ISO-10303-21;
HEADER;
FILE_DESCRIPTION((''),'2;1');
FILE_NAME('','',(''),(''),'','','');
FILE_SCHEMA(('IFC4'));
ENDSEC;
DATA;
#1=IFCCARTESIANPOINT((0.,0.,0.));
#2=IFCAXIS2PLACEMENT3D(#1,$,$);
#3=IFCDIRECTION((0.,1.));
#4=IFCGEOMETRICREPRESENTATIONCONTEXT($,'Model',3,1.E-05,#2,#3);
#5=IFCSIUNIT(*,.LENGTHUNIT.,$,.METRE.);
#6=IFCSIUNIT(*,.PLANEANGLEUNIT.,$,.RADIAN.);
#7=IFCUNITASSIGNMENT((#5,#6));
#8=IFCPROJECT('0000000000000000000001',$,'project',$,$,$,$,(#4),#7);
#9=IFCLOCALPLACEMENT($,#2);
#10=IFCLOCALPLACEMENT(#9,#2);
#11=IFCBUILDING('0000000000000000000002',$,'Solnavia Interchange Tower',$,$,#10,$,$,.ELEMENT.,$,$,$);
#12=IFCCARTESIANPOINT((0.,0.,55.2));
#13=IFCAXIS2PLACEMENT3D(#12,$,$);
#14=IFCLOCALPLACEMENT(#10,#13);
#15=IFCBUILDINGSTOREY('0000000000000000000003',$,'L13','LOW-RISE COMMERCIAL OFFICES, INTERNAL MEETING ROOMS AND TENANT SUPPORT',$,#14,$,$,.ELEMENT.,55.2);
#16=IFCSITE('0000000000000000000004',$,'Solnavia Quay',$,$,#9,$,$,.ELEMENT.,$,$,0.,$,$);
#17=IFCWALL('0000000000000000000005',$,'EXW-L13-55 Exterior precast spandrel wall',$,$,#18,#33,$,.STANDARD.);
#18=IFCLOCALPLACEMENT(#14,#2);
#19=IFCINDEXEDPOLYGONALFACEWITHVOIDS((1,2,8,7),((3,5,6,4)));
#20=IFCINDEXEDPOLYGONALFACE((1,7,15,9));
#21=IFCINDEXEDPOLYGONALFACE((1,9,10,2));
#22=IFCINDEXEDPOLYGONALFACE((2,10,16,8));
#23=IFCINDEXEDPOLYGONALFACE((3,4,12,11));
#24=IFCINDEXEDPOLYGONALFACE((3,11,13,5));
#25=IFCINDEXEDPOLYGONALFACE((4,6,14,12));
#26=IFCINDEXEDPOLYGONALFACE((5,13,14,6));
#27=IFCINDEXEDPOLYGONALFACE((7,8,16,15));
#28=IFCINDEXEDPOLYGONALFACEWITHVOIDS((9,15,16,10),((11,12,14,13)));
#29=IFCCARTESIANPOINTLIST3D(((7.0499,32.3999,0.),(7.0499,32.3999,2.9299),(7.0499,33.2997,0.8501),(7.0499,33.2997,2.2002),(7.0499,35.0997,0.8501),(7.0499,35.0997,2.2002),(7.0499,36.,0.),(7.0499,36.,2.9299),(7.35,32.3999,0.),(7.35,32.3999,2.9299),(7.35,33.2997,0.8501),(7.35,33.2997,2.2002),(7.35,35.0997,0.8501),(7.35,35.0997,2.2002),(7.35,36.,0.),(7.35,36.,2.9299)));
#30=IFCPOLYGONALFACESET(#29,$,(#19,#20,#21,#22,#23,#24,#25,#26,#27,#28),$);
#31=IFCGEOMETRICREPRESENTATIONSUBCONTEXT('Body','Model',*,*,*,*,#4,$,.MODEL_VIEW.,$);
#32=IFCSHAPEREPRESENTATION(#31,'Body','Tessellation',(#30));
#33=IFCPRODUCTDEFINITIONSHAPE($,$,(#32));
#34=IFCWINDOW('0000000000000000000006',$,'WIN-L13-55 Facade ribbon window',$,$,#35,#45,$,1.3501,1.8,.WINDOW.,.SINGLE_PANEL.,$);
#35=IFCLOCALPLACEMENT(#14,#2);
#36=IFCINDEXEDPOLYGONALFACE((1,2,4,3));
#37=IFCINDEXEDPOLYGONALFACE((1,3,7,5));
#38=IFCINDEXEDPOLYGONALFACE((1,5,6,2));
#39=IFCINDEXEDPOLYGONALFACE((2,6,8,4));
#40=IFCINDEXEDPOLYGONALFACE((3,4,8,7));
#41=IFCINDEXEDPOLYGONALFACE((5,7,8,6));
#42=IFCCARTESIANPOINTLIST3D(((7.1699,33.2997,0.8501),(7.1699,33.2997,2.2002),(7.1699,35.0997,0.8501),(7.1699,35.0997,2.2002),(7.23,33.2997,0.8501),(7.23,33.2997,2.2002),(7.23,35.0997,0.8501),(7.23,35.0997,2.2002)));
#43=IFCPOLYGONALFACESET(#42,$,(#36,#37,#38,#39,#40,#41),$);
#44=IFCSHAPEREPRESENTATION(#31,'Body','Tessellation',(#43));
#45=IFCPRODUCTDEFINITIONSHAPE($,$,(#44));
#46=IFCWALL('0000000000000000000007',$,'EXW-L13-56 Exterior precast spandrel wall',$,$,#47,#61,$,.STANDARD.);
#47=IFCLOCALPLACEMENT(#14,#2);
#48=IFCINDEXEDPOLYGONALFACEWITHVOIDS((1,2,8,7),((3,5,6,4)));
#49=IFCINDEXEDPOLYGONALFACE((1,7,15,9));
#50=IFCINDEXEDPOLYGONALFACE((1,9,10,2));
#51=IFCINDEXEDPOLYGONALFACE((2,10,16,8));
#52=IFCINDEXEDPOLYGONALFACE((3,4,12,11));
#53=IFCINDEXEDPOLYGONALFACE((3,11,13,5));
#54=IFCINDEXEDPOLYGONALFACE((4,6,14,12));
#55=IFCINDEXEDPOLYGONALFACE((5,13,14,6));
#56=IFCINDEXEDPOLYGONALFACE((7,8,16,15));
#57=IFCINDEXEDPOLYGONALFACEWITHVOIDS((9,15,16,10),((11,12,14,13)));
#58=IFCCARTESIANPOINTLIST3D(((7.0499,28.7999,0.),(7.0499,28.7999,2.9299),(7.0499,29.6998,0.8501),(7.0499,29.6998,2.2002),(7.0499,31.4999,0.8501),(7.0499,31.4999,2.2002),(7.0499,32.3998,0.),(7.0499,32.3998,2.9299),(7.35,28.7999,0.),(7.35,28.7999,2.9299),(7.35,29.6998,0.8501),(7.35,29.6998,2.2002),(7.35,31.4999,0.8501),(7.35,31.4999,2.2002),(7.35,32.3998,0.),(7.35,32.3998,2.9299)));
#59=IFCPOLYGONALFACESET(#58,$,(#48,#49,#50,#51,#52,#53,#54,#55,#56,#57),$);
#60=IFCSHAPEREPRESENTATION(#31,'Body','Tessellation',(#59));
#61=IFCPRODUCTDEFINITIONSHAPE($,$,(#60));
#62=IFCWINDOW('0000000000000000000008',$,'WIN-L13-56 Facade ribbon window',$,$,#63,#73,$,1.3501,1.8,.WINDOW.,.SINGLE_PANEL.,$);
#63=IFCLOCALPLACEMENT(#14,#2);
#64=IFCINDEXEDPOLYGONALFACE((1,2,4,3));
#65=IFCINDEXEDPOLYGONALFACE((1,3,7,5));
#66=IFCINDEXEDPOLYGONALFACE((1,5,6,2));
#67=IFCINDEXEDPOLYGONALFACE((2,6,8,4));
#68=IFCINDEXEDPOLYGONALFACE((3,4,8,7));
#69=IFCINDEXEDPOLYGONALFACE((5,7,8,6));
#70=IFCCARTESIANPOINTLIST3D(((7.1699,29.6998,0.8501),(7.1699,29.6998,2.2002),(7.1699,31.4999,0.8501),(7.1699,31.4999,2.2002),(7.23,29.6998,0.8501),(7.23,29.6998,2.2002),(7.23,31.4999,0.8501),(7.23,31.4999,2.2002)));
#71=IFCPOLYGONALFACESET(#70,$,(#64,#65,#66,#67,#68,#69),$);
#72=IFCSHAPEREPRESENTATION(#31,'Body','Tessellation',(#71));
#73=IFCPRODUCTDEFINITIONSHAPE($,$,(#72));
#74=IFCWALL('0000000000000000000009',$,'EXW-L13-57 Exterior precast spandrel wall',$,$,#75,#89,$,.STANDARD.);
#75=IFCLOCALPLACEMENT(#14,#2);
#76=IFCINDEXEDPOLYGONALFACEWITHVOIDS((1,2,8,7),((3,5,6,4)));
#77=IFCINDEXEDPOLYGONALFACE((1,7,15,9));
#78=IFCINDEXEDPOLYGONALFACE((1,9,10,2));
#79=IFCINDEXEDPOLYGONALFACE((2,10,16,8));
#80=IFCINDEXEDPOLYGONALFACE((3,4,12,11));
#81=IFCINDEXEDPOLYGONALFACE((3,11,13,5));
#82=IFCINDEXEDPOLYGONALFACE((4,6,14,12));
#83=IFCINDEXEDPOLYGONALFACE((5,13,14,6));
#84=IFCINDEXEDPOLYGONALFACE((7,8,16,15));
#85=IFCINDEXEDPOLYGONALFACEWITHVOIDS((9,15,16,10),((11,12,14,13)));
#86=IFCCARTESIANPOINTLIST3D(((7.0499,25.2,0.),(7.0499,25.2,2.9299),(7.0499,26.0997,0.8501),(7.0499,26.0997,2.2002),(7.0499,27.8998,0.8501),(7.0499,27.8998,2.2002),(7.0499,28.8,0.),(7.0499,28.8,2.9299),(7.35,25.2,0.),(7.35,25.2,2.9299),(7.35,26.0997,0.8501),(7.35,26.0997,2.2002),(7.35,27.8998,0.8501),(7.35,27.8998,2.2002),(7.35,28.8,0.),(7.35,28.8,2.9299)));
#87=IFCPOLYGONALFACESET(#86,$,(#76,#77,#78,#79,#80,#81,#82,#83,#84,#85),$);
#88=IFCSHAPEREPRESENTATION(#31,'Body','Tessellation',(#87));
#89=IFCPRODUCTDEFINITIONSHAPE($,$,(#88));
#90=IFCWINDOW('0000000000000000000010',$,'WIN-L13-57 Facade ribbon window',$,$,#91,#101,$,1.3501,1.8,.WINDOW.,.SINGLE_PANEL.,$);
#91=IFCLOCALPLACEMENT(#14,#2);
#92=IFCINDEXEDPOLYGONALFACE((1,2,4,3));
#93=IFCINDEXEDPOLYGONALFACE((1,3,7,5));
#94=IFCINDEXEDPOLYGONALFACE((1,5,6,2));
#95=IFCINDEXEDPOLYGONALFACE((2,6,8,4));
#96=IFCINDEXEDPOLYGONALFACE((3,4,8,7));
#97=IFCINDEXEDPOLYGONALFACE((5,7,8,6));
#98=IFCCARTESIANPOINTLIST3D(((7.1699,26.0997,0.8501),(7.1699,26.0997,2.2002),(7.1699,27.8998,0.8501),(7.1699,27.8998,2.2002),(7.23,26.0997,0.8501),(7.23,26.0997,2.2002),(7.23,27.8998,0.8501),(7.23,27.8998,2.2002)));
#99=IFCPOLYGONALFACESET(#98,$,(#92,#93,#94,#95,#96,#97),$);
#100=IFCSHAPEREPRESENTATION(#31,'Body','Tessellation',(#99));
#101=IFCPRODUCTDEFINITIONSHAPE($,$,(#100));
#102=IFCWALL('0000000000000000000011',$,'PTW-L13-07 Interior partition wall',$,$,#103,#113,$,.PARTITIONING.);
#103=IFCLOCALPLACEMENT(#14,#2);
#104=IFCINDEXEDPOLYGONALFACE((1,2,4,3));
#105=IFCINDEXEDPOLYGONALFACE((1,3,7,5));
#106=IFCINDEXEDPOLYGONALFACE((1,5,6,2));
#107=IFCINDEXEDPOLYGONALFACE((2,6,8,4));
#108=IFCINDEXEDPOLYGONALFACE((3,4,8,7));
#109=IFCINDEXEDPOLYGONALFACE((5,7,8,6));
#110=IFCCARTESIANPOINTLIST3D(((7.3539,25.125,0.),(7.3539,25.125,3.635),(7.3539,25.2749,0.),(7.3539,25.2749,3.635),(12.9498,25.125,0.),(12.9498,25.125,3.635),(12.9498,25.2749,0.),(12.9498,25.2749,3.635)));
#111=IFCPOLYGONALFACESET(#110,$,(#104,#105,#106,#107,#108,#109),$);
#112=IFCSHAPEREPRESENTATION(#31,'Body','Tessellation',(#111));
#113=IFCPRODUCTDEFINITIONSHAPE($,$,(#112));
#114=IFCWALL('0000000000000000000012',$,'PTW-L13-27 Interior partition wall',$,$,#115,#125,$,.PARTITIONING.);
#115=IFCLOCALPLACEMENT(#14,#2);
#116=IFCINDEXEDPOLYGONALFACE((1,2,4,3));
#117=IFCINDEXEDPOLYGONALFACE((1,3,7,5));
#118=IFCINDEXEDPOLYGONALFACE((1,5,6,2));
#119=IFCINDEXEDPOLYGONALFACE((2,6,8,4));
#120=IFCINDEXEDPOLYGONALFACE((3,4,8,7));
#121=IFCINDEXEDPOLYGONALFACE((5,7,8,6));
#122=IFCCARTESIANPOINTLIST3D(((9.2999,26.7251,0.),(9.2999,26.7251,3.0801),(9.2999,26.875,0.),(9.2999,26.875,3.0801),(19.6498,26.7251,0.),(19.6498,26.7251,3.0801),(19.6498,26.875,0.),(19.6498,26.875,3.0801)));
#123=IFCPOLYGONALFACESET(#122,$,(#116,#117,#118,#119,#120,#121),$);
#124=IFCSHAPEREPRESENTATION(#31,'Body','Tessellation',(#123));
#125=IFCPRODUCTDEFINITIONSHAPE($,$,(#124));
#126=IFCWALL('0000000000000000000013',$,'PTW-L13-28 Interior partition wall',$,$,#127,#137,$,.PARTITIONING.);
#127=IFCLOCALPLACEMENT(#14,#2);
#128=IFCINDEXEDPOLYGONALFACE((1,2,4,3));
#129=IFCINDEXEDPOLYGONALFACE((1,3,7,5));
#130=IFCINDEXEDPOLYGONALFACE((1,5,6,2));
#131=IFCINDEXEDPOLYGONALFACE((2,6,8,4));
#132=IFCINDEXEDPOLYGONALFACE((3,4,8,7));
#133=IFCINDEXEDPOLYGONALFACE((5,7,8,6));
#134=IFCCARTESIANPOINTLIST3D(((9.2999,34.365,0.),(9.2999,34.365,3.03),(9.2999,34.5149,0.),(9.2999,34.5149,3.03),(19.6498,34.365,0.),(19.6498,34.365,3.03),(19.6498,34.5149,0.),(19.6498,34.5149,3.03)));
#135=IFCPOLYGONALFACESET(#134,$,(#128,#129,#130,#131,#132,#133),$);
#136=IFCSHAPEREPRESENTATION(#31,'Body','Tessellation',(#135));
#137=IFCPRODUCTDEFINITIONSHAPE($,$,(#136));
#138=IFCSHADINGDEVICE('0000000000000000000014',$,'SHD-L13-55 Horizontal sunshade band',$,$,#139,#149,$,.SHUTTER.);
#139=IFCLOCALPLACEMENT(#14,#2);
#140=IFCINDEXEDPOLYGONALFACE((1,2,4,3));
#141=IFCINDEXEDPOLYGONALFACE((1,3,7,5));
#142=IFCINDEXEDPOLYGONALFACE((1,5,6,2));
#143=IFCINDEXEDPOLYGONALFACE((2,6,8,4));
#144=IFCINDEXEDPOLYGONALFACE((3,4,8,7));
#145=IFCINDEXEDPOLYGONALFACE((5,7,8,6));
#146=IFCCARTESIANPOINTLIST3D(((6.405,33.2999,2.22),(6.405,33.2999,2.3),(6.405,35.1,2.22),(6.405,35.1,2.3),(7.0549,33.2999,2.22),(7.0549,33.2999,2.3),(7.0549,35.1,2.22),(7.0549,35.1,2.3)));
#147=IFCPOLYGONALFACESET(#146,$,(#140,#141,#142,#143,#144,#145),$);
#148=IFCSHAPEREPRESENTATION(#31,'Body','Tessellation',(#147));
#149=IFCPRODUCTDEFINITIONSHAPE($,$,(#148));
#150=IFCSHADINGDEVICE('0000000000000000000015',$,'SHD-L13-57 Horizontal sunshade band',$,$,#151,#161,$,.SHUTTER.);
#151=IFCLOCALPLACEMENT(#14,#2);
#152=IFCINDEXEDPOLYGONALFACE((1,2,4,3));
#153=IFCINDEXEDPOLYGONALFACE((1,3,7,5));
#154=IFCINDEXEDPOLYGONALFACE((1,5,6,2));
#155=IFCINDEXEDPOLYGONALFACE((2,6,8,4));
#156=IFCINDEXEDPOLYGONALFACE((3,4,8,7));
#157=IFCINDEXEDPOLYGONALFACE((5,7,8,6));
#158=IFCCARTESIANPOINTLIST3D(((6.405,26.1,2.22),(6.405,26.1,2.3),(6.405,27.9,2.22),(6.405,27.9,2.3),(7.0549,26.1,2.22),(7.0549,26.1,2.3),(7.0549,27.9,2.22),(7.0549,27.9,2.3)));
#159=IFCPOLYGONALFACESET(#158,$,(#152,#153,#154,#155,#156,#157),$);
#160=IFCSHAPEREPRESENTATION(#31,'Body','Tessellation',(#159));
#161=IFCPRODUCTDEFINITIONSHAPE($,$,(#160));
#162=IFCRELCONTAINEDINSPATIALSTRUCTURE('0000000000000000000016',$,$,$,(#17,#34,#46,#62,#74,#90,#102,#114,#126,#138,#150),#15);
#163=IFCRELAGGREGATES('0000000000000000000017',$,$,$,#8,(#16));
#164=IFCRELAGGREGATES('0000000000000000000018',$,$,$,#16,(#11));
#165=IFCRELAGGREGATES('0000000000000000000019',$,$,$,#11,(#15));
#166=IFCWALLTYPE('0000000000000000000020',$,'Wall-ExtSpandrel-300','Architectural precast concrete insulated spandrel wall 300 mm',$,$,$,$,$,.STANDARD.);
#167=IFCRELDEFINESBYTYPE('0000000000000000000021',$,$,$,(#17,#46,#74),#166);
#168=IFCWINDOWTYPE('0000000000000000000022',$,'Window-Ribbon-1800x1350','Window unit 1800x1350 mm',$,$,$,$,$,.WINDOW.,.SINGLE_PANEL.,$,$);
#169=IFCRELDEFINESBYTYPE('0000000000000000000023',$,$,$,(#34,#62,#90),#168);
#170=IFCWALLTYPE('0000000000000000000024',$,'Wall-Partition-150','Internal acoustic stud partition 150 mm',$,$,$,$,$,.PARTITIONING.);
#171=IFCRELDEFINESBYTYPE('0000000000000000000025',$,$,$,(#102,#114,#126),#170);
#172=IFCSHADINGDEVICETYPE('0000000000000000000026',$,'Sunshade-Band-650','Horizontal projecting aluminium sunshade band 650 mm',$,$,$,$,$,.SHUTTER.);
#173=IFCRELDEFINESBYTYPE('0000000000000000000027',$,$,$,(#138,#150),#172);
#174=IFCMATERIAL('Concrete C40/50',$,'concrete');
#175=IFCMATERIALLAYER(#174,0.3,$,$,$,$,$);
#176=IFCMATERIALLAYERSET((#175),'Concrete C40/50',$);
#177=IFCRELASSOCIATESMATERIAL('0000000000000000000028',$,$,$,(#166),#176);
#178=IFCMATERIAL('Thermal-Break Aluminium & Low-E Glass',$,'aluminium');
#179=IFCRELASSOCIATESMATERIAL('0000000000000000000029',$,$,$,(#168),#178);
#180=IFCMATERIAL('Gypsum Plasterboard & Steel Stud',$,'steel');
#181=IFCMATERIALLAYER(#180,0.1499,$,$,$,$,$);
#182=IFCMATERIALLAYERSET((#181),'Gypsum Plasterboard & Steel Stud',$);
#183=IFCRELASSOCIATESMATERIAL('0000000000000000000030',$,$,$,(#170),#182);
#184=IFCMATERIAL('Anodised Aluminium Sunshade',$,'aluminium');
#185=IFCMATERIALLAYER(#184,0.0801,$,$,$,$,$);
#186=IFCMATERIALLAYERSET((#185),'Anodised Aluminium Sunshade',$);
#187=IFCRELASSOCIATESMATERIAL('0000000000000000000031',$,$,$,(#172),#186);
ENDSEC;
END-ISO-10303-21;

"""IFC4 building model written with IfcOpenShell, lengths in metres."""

from ifc_helpers import new_model, si_unit, direction, frame, frame_2d, origin, origin_2d, place, context, subcontext, project, spatial, rectangle, extrude, material, layer, layer_set, type_object, element, fill, save


model = new_model("IFC4")

# Units and contexts
model_context = context("Model", 3, precision=1e-05, world=origin(), true_north=direction((0.0, 1.0)))
body_context = subcontext(model_context, "Body", "Model", "MODEL_VIEW")
ifc_project = project(units=[si_unit("LENGTHUNIT", "METRE"), si_unit("PLANEANGLEUNIT", "RADIAN")], contexts=[model_context])

# Site, building, storey
site_placement = place(None, origin())
site = spatial("IfcSite", under=ifc_project, at=site_placement, Name="Solnavia Quay", CompositionType="ELEMENT", RefElevation=0.0)
building_placement = place(site_placement, origin())
building = spatial("IfcBuilding", under=site, at=building_placement, Name="Solnavia Interchange Tower", CompositionType="ELEMENT")
storey_placement = place(building_placement, frame((0.0, 0.0, 55.2)))
storey = spatial("IfcBuildingStorey", under=building, at=storey_placement, Name="L13", Description="LOW-RISE COMMERCIAL OFFICES, INTERNAL MEETING ROOMS AND TENANT SUPPORT", CompositionType="ELEMENT", Elevation=55.2)

# Shared definitions
ifc_material_1 = material(Name="Concrete C40/50", Category="concrete")
ifc_layer_1 = layer(ifc_material_1, 0.3)
ifc_layer_set_1 = layer_set([ifc_layer_1], Name="Concrete C40/50")
wall_type_1 = type_object("IfcWallType", Name="Wall-ExtSpandrel-300", Description="Architectural precast concrete insulated spandrel wall 300 mm", PredefinedType="STANDARD", material=ifc_layer_set_1)

# Walls, openings, windows
wall_1_placement = place(storey_placement, frame((7.2, 32.3999, 0.0), z_axis=(0.0, 0.0, 1.0), x_axis=(0.0, 1.0, 0.0)))
wall_1 = element("IfcWall", 1, at=wall_1_placement, inside=storey, type_object=wall_type_1, Name="EXW-L13-55 Exterior precast spandrel wall", PredefinedType="STANDARD", context=body_context, shape_type="SweptSolid", body=[
    extrude(rectangle(XDim=3.6001, YDim=0.3, at=frame_2d((1.8, 0.0))), origin(), (0.0, 0.0, 1.0), 2.9299),
])
opening_1_placement = place(wall_1_placement, frame((0.8999, 0.0, 0.8501)))
opening_1 = element("IfcOpeningElement", 2, at=opening_1_placement, cuts=wall_1, PredefinedType="OPENING", context=body_context, shape_type="SweptSolid", body=[
    extrude(rectangle(XDim=1.8, YDim=1.3501, at=frame_2d((0.8999, 0.675))), frame((0.0, 0.1602, 0.0), z_axis=(0.0, -1.0, 0.0), x_axis=(1.0, 0.0, 0.0)), (0.0, 0.0, 1.0), 0.3201),
])
ifc_material_2 = material(Name="Thermal-Break Aluminium & Low-E Glass", Category="aluminium")
window_type = type_object("IfcWindowType", Name="Window-Ribbon-1800x1350", Description="Window unit 1800x1350 mm", PartitioningType="SINGLE_PANEL", PredefinedType="WINDOW", material=ifc_material_2)
window_1_placement = place(opening_1_placement, origin())
window_1 = element("IfcWindow", 3, at=window_1_placement, inside=storey, type_object=window_type, Name="WIN-L13-55 Facade ribbon window", OverallHeight=1.3501, OverallWidth=1.8, PartitioningType="SINGLE_PANEL", PredefinedType="WINDOW", context=body_context, shape_type="SweptSolid", body=[
    extrude(rectangle(XDim=1.8, YDim=1.3501, at=frame_2d((0.8999, 0.675))), frame((0.0, 0.03, 0.0), z_axis=(0.0, -1.0, 0.0), x_axis=(1.0, 0.0, 0.0)), (0.0, 0.0, 1.0), 0.0601),
])
fill(opening_1, window_1)
wall_2_placement = place(storey_placement, frame((7.2, 28.8, 0.0), z_axis=(0.0, 0.0, 1.0), x_axis=(0.0, 1.0, 0.0)))
wall_2 = element("IfcWall", 4, at=wall_2_placement, inside=storey, type_object=wall_type_1, Name="EXW-L13-56 Exterior precast spandrel wall", PredefinedType="STANDARD", context=body_context, shape_type="SweptSolid", body=[
    extrude(rectangle(XDim=3.5999, YDim=0.3, at=frame_2d((1.7998, 0.0))), origin(), (0.0, 0.0, 1.0), 2.9299),
])
opening_2_placement = place(wall_2_placement, frame((0.8999, 0.0, 0.8501)))
opening_2 = element("IfcOpeningElement", 5, at=opening_2_placement, cuts=wall_2, PredefinedType="OPENING", context=body_context, shape_type="SweptSolid", body=[
    extrude(rectangle(XDim=1.8, YDim=1.3501, at=frame_2d((0.8999, 0.675))), frame((0.0, 0.1602, 0.0), z_axis=(0.0, -1.0, 0.0), x_axis=(1.0, 0.0, 0.0)), (0.0, 0.0, 1.0), 0.3201),
])
window_2_placement = place(opening_2_placement, origin())
window_2 = element("IfcWindow", 6, at=window_2_placement, inside=storey, type_object=window_type, Name="WIN-L13-56 Facade ribbon window", OverallHeight=1.3501, OverallWidth=1.8, PartitioningType="SINGLE_PANEL", PredefinedType="WINDOW", context=body_context, shape_type="SweptSolid", body=[
    extrude(rectangle(XDim=1.8, YDim=1.3501, at=frame_2d((0.8999, 0.675))), frame((0.0, 0.03, 0.0), z_axis=(0.0, -1.0, 0.0), x_axis=(1.0, 0.0, 0.0)), (0.0, 0.0, 1.0), 0.0601),
])
fill(opening_2, window_2)
wall_3_placement = place(storey_placement, frame((7.2, 25.2, 0.0), z_axis=(0.0, 0.0, 1.0), x_axis=(0.0, 1.0, 0.0)))
wall_3 = element("IfcWall", 7, at=wall_3_placement, inside=storey, type_object=wall_type_1, Name="EXW-L13-57 Exterior precast spandrel wall", PredefinedType="STANDARD", context=body_context, shape_type="SweptSolid", body=[
    extrude(rectangle(XDim=3.6001, YDim=0.3, at=frame_2d((1.8, 0.0))), origin(), (0.0, 0.0, 1.0), 2.9299),
])
opening_3_placement = place(wall_3_placement, frame((0.8999, 0.0, 0.8501)))
opening_3 = element("IfcOpeningElement", 8, at=opening_3_placement, cuts=wall_3, PredefinedType="OPENING", context=body_context, shape_type="SweptSolid", body=[
    extrude(rectangle(XDim=1.8, YDim=1.3501, at=frame_2d((0.8999, 0.675))), frame((0.0, 0.1602, 0.0), z_axis=(0.0, -1.0, 0.0), x_axis=(1.0, 0.0, 0.0)), (0.0, 0.0, 1.0), 0.3201),
])
window_3_placement = place(opening_3_placement, origin())
window_3 = element("IfcWindow", 9, at=window_3_placement, inside=storey, type_object=window_type, Name="WIN-L13-57 Facade ribbon window", OverallHeight=1.3501, OverallWidth=1.8, PartitioningType="SINGLE_PANEL", PredefinedType="WINDOW", context=body_context, shape_type="SweptSolid", body=[
    extrude(rectangle(XDim=1.8, YDim=1.3501, at=frame_2d((0.8999, 0.675))), frame((0.0, 0.03, 0.0), z_axis=(0.0, -1.0, 0.0), x_axis=(1.0, 0.0, 0.0)), (0.0, 0.0, 1.0), 0.0601),
])
fill(opening_3, window_3)

# Walls
ifc_material_3 = material(Name="Gypsum Plasterboard & Steel Stud", Category="steel")
ifc_layer_2 = layer(ifc_material_3, 0.1499)
ifc_layer_set_2 = layer_set([ifc_layer_2], Name="Gypsum Plasterboard & Steel Stud")
wall_type_2 = type_object("IfcWallType", Name="Wall-Partition-150", Description="Internal acoustic stud partition 150 mm", PredefinedType="PARTITIONING", material=ifc_layer_set_2)
wall_4_placement = place(storey_placement, frame((7.354, 25.2, 0.0), z_axis=(0.0, 0.0, 1.0), x_axis=(1.0, 0.0, 0.0)))
element("IfcWall", 10, at=wall_4_placement, inside=storey, type_object=wall_type_2, Name="PTW-L13-07 Interior partition wall", PredefinedType="PARTITIONING", context=body_context, shape_type="SweptSolid", body=[
    extrude(rectangle(XDim=5.5959, YDim=0.1499, at=frame_2d((2.7979, 0.0))), origin(), (0.0, 0.0, 1.0), 3.635),
])
wall_5_placement = place(storey_placement, frame((9.3, 26.8, 0.0), z_axis=(0.0, 0.0, 1.0), x_axis=(1.0, 0.0, 0.0)))
element("IfcWall", 11, at=wall_5_placement, inside=storey, type_object=wall_type_2, Name="PTW-L13-27 Interior partition wall", PredefinedType="PARTITIONING", context=body_context, shape_type="SweptSolid", body=[
    extrude(rectangle(XDim=10.3499, YDim=0.1499, at=frame_2d((5.1748, 0.0))), origin(), (0.0, 0.0, 1.0), 3.0801),
])
wall_6_placement = place(storey_placement, frame((9.3, 34.4399, 0.0), z_axis=(0.0, 0.0, 1.0), x_axis=(1.0, 0.0, 0.0)))
element("IfcWall", 12, at=wall_6_placement, inside=storey, type_object=wall_type_2, Name="PTW-L13-28 Interior partition wall", PredefinedType="PARTITIONING", context=body_context, shape_type="SweptSolid", body=[
    extrude(rectangle(XDim=10.3499, YDim=0.1499, at=frame_2d((5.1748, 0.0))), origin(), (0.0, 0.0, 1.0), 3.03),
])

# Shading devices
ifc_material_4 = material(Name="Anodised Aluminium Sunshade", Category="aluminium")
ifc_layer_3 = layer(ifc_material_4, 0.0801)
ifc_layer_set_3 = layer_set([ifc_layer_3], Name="Anodised Aluminium Sunshade")
shading_device_type = type_object("IfcShadingDeviceType", Name="Sunshade-Band-650", Description="Horizontal projecting aluminium sunshade band 650 mm", PredefinedType="SHUTTER", material=ifc_layer_set_3)
for number, where, z_axis, x_axis, name in (
    (13, (6.73, 34.2, 2.22), (0.0, 0.0, 1.0), (0.0, 1.0, 0.0), "SHD-L13-55 Horizontal sunshade band"),
    (14, (6.73, 27.0, 2.22), (0.0, 0.0, 1.0), (0.0, 1.0, 0.0), "SHD-L13-57 Horizontal sunshade band"),
):
    element("IfcShadingDevice", number, at=place(storey_placement, frame(where, z_axis=z_axis, x_axis=x_axis)), inside=storey, type_object=shading_device_type, Name=name, PredefinedType="SHUTTER", context=body_context, shape_type="SweptSolid", body=[
        extrude(rectangle(XDim=1.8, YDim=0.6499, at=origin_2d()), origin(), (0.0, 0.0, 1.0), 0.0801),
    ])

save(model, "model.ifc")
